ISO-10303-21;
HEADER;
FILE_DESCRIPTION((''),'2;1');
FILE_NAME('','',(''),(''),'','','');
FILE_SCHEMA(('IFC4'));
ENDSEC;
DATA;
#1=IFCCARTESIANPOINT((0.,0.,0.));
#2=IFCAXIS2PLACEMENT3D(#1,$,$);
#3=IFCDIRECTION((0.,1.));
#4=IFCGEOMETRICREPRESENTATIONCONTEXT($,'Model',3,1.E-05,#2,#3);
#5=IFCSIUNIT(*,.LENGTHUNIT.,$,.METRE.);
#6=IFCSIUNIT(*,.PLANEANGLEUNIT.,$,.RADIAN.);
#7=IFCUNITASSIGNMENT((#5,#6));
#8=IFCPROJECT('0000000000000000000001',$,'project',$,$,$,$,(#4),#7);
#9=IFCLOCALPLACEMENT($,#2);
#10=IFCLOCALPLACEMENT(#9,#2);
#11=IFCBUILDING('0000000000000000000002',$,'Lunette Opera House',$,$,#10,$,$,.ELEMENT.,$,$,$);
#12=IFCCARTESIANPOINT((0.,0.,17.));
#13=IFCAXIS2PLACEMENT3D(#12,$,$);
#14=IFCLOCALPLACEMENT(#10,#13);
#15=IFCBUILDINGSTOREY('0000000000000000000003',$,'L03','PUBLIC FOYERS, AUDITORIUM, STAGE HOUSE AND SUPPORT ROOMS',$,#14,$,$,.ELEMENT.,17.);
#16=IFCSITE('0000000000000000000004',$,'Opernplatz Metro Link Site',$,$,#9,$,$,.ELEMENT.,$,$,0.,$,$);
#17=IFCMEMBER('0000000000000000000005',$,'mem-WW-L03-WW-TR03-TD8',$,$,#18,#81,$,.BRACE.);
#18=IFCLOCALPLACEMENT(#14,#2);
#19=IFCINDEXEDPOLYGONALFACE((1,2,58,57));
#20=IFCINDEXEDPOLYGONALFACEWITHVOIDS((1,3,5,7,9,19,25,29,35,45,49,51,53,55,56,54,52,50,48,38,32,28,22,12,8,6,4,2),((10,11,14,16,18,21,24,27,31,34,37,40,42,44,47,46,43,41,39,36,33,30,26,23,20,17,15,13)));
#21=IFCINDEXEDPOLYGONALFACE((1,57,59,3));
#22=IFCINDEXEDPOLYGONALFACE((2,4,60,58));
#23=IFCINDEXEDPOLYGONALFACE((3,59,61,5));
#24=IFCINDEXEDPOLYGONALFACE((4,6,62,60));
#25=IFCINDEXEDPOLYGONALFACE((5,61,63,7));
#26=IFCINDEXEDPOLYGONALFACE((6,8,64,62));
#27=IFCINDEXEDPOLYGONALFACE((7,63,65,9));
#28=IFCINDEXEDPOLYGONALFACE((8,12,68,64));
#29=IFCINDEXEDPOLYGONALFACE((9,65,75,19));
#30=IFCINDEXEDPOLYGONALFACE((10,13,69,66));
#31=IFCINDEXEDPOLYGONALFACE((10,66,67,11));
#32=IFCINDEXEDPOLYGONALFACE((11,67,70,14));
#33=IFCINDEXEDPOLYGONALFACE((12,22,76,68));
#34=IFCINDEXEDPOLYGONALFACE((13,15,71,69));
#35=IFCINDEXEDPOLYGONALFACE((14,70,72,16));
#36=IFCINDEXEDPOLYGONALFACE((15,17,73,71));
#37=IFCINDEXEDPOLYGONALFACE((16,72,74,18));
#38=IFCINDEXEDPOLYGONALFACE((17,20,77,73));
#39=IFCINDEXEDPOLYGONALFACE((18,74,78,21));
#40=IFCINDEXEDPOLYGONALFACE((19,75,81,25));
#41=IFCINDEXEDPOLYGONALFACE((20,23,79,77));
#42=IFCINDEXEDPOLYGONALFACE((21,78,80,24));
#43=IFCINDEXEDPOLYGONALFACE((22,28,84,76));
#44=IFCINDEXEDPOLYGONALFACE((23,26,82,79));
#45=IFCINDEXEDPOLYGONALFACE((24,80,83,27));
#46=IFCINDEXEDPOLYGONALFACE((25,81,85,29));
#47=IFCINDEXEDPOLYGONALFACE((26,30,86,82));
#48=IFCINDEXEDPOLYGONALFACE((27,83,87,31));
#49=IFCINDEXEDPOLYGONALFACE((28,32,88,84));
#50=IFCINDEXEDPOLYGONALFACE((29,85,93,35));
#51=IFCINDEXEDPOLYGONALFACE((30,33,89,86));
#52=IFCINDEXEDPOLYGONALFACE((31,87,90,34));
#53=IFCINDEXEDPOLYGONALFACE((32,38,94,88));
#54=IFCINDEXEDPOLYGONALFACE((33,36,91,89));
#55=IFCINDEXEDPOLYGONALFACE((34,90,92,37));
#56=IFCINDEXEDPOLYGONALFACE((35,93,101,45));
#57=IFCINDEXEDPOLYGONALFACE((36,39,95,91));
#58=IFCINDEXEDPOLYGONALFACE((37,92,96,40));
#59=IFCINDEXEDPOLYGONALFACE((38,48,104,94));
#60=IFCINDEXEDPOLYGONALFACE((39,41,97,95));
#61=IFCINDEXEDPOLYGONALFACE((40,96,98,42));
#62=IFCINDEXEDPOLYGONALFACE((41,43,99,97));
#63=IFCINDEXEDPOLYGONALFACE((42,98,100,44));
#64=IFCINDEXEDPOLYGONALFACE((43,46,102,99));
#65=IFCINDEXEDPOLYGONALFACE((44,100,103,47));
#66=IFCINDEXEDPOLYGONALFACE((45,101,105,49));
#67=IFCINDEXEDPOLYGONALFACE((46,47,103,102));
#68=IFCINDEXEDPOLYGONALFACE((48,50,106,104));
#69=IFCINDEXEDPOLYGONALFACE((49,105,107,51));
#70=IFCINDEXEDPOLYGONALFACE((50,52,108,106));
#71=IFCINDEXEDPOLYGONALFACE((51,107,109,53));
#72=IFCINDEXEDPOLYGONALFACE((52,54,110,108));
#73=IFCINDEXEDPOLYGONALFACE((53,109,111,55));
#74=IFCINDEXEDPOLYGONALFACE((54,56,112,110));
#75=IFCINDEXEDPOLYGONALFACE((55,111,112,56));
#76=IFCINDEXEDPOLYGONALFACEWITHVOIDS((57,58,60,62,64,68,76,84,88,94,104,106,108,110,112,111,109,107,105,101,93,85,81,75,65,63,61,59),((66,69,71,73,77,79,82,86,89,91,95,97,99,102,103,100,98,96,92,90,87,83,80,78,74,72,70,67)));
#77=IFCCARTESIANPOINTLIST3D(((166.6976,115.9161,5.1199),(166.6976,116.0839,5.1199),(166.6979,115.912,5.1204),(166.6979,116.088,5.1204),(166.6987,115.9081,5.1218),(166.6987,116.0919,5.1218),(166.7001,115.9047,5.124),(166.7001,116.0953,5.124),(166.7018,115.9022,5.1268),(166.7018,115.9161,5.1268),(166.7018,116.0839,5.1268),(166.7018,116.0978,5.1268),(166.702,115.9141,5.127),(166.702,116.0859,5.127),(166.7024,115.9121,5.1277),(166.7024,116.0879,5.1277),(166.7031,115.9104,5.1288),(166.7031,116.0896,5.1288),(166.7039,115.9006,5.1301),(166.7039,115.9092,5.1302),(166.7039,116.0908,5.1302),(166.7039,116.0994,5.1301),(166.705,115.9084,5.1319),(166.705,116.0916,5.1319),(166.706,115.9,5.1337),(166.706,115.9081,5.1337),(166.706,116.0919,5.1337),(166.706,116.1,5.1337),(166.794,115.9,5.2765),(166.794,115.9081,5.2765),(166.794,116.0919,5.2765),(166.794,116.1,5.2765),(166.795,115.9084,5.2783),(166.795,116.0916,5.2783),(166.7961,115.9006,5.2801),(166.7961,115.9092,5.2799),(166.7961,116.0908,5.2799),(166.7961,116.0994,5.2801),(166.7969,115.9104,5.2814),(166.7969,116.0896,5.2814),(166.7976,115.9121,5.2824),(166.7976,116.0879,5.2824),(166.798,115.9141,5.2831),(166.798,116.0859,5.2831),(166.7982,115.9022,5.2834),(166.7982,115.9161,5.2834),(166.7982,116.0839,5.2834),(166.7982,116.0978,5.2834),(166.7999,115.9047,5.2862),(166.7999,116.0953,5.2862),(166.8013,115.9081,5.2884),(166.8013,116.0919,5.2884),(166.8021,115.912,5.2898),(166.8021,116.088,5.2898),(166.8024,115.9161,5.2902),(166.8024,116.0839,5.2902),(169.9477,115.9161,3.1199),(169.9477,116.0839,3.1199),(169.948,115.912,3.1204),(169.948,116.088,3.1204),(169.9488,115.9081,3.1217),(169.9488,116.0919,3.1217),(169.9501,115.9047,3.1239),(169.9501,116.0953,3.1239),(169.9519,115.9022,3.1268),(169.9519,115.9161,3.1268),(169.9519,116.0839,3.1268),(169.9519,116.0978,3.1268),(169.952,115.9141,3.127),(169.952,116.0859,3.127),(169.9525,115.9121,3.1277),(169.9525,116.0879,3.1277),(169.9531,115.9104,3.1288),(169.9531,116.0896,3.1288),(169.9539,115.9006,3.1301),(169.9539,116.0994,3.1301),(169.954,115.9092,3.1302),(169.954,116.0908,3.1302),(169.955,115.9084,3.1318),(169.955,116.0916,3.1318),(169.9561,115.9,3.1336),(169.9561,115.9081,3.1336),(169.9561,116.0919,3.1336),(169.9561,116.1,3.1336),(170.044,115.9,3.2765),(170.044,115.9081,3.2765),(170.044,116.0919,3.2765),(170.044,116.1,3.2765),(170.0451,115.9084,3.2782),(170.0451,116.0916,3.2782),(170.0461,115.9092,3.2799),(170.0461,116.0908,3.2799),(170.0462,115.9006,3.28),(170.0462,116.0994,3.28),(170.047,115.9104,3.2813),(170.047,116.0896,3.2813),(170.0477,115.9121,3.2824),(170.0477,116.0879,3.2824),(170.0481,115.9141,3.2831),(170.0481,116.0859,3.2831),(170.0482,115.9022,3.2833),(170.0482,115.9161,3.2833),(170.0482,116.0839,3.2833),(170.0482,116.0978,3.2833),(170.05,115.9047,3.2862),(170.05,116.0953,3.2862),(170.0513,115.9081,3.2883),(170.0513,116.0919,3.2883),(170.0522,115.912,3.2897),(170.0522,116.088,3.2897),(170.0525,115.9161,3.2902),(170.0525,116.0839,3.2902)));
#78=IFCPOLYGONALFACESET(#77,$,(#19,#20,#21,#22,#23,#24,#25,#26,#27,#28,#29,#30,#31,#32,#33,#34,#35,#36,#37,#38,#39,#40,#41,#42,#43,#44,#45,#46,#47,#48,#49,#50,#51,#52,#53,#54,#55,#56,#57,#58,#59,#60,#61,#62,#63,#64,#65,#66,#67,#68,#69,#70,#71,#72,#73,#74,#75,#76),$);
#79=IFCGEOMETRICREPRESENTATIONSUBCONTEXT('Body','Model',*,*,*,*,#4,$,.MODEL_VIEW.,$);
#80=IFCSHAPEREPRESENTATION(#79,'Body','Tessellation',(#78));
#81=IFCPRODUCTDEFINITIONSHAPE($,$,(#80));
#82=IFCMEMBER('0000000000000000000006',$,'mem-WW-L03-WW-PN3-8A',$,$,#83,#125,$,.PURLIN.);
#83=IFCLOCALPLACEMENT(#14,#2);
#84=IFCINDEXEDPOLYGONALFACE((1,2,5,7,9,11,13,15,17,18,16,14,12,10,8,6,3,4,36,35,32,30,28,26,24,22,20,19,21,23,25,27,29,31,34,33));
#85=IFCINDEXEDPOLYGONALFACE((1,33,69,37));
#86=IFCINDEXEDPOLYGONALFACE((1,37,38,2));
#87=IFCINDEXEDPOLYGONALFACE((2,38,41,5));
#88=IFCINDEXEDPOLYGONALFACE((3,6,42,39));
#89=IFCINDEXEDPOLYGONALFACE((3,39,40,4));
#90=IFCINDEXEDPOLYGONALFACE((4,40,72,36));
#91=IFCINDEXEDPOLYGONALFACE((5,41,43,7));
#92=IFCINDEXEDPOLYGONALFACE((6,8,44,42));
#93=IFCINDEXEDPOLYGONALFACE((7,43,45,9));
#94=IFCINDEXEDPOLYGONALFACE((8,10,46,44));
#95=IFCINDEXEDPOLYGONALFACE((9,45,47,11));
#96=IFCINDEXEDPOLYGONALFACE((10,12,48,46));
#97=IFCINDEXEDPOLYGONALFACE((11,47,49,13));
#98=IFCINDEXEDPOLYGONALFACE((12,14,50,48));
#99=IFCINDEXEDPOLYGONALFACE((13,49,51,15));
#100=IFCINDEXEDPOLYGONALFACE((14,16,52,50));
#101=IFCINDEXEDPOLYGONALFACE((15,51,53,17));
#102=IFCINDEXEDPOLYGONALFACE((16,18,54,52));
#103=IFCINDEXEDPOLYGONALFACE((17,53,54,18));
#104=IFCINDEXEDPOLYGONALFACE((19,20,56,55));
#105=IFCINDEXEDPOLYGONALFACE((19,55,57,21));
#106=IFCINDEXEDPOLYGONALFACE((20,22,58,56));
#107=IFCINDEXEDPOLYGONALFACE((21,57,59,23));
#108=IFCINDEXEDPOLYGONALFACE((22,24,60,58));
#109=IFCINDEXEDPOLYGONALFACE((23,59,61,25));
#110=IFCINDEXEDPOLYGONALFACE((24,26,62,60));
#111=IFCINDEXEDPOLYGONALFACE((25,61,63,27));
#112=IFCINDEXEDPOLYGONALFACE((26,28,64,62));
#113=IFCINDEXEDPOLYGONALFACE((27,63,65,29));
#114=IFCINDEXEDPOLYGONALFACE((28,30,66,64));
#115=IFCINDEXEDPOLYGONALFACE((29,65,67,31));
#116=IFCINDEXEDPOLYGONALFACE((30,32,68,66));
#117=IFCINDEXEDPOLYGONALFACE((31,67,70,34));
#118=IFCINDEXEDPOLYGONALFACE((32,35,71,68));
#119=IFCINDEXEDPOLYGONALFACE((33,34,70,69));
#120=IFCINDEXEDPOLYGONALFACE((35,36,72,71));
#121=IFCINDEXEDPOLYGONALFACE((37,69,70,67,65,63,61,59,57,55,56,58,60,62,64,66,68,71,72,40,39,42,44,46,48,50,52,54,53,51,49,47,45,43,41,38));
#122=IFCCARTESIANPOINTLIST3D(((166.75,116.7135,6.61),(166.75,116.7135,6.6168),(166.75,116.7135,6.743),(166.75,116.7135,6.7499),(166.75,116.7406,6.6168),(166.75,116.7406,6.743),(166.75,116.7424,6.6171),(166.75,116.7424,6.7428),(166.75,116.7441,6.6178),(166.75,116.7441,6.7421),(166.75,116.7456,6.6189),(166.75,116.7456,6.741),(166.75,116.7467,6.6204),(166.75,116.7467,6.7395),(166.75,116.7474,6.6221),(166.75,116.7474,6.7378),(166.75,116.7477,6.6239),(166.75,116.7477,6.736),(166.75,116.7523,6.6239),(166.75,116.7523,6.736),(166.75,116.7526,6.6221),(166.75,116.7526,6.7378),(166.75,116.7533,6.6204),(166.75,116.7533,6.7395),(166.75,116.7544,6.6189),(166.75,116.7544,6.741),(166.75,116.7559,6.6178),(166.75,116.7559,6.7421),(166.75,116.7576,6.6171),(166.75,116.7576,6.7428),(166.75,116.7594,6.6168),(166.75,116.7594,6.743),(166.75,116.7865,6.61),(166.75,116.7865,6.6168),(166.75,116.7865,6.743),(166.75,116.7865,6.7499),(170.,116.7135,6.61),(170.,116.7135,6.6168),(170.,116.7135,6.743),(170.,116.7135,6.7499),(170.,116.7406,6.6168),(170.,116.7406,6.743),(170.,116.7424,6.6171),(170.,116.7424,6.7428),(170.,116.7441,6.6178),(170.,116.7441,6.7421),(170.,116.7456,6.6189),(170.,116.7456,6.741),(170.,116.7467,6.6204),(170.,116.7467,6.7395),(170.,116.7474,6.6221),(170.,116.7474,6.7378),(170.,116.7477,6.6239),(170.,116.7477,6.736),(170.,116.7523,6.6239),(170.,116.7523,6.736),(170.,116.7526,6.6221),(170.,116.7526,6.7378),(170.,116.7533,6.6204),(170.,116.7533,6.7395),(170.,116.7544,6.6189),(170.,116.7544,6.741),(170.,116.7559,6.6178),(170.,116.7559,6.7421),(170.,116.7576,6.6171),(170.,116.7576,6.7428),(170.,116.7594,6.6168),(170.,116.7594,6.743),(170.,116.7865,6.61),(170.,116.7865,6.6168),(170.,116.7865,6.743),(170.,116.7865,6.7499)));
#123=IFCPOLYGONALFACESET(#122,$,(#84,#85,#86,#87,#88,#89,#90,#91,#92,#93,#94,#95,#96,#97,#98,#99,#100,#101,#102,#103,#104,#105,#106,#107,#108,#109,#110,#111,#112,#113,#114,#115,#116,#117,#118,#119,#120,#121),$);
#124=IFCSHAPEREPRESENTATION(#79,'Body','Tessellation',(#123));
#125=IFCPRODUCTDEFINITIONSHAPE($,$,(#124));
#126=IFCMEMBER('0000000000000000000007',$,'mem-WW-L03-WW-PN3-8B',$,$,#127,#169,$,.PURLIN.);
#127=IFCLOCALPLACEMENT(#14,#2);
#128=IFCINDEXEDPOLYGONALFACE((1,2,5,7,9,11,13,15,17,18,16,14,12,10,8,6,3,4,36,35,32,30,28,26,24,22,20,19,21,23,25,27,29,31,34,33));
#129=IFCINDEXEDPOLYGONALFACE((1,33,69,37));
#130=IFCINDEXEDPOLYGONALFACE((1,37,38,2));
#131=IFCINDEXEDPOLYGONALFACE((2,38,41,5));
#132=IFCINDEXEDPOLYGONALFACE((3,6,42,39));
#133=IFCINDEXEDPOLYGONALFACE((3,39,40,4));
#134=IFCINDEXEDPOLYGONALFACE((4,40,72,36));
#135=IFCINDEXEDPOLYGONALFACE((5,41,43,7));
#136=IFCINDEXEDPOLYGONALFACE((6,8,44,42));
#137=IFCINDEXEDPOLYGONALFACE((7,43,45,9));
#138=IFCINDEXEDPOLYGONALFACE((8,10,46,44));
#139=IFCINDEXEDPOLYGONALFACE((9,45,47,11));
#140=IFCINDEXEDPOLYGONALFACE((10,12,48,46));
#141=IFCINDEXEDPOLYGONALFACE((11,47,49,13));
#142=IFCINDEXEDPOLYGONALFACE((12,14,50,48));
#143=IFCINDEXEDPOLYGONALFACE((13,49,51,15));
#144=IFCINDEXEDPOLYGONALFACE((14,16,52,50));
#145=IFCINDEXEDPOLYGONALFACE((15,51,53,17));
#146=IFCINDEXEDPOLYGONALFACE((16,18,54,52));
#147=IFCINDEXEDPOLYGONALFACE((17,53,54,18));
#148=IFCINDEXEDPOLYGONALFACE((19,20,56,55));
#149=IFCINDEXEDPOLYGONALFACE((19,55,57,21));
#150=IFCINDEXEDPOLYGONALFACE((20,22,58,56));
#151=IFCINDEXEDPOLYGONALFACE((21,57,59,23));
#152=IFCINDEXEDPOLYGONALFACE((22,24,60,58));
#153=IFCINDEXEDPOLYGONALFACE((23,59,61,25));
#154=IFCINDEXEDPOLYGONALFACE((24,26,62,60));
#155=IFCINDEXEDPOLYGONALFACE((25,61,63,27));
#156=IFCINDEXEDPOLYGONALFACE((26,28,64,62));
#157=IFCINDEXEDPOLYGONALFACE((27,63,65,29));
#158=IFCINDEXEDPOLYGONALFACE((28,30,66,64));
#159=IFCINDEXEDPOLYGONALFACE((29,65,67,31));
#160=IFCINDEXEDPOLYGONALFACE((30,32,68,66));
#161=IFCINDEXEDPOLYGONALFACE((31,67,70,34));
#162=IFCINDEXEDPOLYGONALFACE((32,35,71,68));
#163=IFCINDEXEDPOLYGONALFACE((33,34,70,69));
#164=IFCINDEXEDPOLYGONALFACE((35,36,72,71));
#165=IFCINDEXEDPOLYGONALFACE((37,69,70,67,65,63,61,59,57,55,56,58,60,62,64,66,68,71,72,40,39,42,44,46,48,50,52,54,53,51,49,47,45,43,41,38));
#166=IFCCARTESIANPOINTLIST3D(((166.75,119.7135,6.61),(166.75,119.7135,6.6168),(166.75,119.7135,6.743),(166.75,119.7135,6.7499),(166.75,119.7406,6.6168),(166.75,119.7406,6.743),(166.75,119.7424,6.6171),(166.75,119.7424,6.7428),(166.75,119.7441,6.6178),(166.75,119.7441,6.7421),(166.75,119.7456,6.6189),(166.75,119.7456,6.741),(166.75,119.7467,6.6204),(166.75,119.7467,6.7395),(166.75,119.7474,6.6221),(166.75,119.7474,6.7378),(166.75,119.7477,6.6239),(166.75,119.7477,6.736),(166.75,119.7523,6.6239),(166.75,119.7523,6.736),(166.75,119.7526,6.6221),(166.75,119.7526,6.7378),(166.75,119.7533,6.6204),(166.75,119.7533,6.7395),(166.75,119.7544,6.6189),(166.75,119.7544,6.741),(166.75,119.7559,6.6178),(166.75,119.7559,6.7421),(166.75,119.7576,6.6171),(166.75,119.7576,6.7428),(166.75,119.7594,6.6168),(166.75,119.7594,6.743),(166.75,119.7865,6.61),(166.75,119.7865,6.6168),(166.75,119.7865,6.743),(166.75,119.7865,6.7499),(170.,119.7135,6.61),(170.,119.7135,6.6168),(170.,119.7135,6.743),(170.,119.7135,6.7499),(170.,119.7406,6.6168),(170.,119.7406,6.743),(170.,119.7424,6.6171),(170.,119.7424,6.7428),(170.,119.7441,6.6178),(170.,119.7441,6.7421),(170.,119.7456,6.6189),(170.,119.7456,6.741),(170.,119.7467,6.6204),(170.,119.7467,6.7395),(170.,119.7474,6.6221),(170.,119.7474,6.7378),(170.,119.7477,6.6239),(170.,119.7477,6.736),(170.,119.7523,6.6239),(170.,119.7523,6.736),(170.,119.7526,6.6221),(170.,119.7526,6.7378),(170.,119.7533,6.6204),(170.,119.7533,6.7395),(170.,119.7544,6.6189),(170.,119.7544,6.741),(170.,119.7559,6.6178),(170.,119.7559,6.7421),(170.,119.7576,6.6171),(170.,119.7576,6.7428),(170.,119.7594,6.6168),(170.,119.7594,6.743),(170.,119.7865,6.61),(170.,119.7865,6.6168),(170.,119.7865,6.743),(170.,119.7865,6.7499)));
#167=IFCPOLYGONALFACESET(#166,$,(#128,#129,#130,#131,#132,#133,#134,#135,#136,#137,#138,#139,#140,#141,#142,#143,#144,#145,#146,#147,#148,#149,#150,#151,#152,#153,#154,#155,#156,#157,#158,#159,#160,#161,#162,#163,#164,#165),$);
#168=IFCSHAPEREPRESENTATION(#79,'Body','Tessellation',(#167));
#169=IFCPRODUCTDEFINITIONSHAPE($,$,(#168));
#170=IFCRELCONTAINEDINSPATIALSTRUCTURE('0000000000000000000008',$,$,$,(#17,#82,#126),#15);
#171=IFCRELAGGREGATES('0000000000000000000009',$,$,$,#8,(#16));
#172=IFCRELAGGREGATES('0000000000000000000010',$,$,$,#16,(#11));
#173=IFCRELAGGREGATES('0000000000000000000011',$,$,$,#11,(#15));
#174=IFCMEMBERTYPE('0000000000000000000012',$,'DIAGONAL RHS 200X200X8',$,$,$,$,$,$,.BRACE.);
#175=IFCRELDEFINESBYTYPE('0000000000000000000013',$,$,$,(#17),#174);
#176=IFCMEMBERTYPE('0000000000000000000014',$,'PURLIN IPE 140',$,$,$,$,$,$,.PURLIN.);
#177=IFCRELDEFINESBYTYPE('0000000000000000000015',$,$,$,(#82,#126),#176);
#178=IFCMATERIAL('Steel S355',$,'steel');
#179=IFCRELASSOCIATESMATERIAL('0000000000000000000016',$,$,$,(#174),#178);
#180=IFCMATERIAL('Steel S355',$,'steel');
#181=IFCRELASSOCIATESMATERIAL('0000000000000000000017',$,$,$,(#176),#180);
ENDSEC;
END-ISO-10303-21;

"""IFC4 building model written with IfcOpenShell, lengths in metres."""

from ifc_helpers import new_model, si_unit, direction, frame, origin, origin_2d, place, context, subcontext, project, spatial, hollow_rectangle, i_section, extrude, material, material_profile, profile_set, type_object, element, save


model = new_model("IFC4")

# Units and contexts
model_context = context("Model", 3, precision=1e-05, world=origin(), true_north=direction((0.0, 1.0)))
body_context = subcontext(model_context, "Body", "Model", "MODEL_VIEW")
ifc_project = project(units=[si_unit("LENGTHUNIT", "METRE"), si_unit("PLANEANGLEUNIT", "RADIAN")], contexts=[model_context])

# Site, building, storey
site_placement = place(None, origin())
site = spatial("IfcSite", under=ifc_project, at=site_placement, Name="Opernplatz Metro Link Site", CompositionType="ELEMENT", RefElevation=0.0)
building_placement = place(site_placement, origin())
building = spatial("IfcBuilding", under=site, at=building_placement, Name="Lunette Opera House", CompositionType="ELEMENT")
storey_placement = place(building_placement, frame((0.0, 0.0, 17.0)))
storey = spatial("IfcBuildingStorey", under=building, at=storey_placement, Name="L03", Description="PUBLIC FOYERS, AUDITORIUM, STAGE HOUSE AND SUPPORT ROOMS", CompositionType="ELEMENT", Elevation=17.0)

# Members
ifc_material_1 = material(Name="Steel S355", Category="steel")
ifc_material_profile_1 = material_profile(ifc_material_1, hollow_rectangle(XDim=0.2, YDim=0.2, WallThickness=0.0081, InnerFilletRadius=0.0081, OuterFilletRadius=0.0161, at=origin_2d()), Name="RHS 200X200X8")
ifc_profile_set_1 = profile_set([ifc_material_profile_1], Name="Steel S355")
member_type_1 = type_object("IfcMemberType", Name="DIAGONAL RHS 200X200X8", PredefinedType="BRACE", material=ifc_profile_set_1)
member_1_placement = place(storey_placement, frame((166.75, 116.0, 5.2051), z_axis=(0.851658, 0.0, -0.524097), x_axis=(0.0, 1.0, 0.0)))
element("IfcMember", 1, at=member_1_placement, inside=storey, type_object=member_type_1, Name="mem-WW-L03-WW-TR03-TD8", PredefinedType="BRACE", context=body_context, shape_type="SweptSolid", body=[
    extrude(hollow_rectangle(XDim=0.2, YDim=0.2, WallThickness=0.0081, InnerFilletRadius=0.0081, OuterFilletRadius=0.0161, at=origin_2d()), origin(), (0.0, 0.0, 1.0), 3.8162),
])
ifc_material_2 = material(Name="Steel S355", Category="steel")
ifc_material_profile_2 = material_profile(ifc_material_2, i_section(OverallWidth=0.073, OverallDepth=0.1399, WebThickness=0.0046, FlangeThickness=0.0068, FilletRadius=0.0071, at=origin_2d()), Name="IPE 140")
ifc_profile_set_2 = profile_set([ifc_material_profile_2], Name="Steel S355")
member_type_2 = type_object("IfcMemberType", Name="PURLIN IPE 140", PredefinedType="PURLIN", material=ifc_profile_set_2)
for number, where, z_axis, x_axis, name in (
    (2, (166.75, 116.75, 6.6799), (1.0, 0.0, 0.0), (0.0, 1.0, 0.0), "mem-WW-L03-WW-PN3-8A"),
    (3, (166.75, 119.75, 6.6799), (1.0, 0.0, 0.0), (0.0, 1.0, 0.0), "mem-WW-L03-WW-PN3-8B"),
):
    element("IfcMember", number, at=place(storey_placement, frame(where, z_axis=z_axis, x_axis=x_axis)), inside=storey, type_object=member_type_2, Name=name, PredefinedType="PURLIN", context=body_context, shape_type="SweptSolid", body=[
        extrude(i_section(OverallWidth=0.073, OverallDepth=0.1399, WebThickness=0.0046, FlangeThickness=0.0068, FilletRadius=0.0071, at=origin_2d()), origin(), (0.0, 0.0, 1.0), 3.25),
    ])

save(model, "model.ifc")
